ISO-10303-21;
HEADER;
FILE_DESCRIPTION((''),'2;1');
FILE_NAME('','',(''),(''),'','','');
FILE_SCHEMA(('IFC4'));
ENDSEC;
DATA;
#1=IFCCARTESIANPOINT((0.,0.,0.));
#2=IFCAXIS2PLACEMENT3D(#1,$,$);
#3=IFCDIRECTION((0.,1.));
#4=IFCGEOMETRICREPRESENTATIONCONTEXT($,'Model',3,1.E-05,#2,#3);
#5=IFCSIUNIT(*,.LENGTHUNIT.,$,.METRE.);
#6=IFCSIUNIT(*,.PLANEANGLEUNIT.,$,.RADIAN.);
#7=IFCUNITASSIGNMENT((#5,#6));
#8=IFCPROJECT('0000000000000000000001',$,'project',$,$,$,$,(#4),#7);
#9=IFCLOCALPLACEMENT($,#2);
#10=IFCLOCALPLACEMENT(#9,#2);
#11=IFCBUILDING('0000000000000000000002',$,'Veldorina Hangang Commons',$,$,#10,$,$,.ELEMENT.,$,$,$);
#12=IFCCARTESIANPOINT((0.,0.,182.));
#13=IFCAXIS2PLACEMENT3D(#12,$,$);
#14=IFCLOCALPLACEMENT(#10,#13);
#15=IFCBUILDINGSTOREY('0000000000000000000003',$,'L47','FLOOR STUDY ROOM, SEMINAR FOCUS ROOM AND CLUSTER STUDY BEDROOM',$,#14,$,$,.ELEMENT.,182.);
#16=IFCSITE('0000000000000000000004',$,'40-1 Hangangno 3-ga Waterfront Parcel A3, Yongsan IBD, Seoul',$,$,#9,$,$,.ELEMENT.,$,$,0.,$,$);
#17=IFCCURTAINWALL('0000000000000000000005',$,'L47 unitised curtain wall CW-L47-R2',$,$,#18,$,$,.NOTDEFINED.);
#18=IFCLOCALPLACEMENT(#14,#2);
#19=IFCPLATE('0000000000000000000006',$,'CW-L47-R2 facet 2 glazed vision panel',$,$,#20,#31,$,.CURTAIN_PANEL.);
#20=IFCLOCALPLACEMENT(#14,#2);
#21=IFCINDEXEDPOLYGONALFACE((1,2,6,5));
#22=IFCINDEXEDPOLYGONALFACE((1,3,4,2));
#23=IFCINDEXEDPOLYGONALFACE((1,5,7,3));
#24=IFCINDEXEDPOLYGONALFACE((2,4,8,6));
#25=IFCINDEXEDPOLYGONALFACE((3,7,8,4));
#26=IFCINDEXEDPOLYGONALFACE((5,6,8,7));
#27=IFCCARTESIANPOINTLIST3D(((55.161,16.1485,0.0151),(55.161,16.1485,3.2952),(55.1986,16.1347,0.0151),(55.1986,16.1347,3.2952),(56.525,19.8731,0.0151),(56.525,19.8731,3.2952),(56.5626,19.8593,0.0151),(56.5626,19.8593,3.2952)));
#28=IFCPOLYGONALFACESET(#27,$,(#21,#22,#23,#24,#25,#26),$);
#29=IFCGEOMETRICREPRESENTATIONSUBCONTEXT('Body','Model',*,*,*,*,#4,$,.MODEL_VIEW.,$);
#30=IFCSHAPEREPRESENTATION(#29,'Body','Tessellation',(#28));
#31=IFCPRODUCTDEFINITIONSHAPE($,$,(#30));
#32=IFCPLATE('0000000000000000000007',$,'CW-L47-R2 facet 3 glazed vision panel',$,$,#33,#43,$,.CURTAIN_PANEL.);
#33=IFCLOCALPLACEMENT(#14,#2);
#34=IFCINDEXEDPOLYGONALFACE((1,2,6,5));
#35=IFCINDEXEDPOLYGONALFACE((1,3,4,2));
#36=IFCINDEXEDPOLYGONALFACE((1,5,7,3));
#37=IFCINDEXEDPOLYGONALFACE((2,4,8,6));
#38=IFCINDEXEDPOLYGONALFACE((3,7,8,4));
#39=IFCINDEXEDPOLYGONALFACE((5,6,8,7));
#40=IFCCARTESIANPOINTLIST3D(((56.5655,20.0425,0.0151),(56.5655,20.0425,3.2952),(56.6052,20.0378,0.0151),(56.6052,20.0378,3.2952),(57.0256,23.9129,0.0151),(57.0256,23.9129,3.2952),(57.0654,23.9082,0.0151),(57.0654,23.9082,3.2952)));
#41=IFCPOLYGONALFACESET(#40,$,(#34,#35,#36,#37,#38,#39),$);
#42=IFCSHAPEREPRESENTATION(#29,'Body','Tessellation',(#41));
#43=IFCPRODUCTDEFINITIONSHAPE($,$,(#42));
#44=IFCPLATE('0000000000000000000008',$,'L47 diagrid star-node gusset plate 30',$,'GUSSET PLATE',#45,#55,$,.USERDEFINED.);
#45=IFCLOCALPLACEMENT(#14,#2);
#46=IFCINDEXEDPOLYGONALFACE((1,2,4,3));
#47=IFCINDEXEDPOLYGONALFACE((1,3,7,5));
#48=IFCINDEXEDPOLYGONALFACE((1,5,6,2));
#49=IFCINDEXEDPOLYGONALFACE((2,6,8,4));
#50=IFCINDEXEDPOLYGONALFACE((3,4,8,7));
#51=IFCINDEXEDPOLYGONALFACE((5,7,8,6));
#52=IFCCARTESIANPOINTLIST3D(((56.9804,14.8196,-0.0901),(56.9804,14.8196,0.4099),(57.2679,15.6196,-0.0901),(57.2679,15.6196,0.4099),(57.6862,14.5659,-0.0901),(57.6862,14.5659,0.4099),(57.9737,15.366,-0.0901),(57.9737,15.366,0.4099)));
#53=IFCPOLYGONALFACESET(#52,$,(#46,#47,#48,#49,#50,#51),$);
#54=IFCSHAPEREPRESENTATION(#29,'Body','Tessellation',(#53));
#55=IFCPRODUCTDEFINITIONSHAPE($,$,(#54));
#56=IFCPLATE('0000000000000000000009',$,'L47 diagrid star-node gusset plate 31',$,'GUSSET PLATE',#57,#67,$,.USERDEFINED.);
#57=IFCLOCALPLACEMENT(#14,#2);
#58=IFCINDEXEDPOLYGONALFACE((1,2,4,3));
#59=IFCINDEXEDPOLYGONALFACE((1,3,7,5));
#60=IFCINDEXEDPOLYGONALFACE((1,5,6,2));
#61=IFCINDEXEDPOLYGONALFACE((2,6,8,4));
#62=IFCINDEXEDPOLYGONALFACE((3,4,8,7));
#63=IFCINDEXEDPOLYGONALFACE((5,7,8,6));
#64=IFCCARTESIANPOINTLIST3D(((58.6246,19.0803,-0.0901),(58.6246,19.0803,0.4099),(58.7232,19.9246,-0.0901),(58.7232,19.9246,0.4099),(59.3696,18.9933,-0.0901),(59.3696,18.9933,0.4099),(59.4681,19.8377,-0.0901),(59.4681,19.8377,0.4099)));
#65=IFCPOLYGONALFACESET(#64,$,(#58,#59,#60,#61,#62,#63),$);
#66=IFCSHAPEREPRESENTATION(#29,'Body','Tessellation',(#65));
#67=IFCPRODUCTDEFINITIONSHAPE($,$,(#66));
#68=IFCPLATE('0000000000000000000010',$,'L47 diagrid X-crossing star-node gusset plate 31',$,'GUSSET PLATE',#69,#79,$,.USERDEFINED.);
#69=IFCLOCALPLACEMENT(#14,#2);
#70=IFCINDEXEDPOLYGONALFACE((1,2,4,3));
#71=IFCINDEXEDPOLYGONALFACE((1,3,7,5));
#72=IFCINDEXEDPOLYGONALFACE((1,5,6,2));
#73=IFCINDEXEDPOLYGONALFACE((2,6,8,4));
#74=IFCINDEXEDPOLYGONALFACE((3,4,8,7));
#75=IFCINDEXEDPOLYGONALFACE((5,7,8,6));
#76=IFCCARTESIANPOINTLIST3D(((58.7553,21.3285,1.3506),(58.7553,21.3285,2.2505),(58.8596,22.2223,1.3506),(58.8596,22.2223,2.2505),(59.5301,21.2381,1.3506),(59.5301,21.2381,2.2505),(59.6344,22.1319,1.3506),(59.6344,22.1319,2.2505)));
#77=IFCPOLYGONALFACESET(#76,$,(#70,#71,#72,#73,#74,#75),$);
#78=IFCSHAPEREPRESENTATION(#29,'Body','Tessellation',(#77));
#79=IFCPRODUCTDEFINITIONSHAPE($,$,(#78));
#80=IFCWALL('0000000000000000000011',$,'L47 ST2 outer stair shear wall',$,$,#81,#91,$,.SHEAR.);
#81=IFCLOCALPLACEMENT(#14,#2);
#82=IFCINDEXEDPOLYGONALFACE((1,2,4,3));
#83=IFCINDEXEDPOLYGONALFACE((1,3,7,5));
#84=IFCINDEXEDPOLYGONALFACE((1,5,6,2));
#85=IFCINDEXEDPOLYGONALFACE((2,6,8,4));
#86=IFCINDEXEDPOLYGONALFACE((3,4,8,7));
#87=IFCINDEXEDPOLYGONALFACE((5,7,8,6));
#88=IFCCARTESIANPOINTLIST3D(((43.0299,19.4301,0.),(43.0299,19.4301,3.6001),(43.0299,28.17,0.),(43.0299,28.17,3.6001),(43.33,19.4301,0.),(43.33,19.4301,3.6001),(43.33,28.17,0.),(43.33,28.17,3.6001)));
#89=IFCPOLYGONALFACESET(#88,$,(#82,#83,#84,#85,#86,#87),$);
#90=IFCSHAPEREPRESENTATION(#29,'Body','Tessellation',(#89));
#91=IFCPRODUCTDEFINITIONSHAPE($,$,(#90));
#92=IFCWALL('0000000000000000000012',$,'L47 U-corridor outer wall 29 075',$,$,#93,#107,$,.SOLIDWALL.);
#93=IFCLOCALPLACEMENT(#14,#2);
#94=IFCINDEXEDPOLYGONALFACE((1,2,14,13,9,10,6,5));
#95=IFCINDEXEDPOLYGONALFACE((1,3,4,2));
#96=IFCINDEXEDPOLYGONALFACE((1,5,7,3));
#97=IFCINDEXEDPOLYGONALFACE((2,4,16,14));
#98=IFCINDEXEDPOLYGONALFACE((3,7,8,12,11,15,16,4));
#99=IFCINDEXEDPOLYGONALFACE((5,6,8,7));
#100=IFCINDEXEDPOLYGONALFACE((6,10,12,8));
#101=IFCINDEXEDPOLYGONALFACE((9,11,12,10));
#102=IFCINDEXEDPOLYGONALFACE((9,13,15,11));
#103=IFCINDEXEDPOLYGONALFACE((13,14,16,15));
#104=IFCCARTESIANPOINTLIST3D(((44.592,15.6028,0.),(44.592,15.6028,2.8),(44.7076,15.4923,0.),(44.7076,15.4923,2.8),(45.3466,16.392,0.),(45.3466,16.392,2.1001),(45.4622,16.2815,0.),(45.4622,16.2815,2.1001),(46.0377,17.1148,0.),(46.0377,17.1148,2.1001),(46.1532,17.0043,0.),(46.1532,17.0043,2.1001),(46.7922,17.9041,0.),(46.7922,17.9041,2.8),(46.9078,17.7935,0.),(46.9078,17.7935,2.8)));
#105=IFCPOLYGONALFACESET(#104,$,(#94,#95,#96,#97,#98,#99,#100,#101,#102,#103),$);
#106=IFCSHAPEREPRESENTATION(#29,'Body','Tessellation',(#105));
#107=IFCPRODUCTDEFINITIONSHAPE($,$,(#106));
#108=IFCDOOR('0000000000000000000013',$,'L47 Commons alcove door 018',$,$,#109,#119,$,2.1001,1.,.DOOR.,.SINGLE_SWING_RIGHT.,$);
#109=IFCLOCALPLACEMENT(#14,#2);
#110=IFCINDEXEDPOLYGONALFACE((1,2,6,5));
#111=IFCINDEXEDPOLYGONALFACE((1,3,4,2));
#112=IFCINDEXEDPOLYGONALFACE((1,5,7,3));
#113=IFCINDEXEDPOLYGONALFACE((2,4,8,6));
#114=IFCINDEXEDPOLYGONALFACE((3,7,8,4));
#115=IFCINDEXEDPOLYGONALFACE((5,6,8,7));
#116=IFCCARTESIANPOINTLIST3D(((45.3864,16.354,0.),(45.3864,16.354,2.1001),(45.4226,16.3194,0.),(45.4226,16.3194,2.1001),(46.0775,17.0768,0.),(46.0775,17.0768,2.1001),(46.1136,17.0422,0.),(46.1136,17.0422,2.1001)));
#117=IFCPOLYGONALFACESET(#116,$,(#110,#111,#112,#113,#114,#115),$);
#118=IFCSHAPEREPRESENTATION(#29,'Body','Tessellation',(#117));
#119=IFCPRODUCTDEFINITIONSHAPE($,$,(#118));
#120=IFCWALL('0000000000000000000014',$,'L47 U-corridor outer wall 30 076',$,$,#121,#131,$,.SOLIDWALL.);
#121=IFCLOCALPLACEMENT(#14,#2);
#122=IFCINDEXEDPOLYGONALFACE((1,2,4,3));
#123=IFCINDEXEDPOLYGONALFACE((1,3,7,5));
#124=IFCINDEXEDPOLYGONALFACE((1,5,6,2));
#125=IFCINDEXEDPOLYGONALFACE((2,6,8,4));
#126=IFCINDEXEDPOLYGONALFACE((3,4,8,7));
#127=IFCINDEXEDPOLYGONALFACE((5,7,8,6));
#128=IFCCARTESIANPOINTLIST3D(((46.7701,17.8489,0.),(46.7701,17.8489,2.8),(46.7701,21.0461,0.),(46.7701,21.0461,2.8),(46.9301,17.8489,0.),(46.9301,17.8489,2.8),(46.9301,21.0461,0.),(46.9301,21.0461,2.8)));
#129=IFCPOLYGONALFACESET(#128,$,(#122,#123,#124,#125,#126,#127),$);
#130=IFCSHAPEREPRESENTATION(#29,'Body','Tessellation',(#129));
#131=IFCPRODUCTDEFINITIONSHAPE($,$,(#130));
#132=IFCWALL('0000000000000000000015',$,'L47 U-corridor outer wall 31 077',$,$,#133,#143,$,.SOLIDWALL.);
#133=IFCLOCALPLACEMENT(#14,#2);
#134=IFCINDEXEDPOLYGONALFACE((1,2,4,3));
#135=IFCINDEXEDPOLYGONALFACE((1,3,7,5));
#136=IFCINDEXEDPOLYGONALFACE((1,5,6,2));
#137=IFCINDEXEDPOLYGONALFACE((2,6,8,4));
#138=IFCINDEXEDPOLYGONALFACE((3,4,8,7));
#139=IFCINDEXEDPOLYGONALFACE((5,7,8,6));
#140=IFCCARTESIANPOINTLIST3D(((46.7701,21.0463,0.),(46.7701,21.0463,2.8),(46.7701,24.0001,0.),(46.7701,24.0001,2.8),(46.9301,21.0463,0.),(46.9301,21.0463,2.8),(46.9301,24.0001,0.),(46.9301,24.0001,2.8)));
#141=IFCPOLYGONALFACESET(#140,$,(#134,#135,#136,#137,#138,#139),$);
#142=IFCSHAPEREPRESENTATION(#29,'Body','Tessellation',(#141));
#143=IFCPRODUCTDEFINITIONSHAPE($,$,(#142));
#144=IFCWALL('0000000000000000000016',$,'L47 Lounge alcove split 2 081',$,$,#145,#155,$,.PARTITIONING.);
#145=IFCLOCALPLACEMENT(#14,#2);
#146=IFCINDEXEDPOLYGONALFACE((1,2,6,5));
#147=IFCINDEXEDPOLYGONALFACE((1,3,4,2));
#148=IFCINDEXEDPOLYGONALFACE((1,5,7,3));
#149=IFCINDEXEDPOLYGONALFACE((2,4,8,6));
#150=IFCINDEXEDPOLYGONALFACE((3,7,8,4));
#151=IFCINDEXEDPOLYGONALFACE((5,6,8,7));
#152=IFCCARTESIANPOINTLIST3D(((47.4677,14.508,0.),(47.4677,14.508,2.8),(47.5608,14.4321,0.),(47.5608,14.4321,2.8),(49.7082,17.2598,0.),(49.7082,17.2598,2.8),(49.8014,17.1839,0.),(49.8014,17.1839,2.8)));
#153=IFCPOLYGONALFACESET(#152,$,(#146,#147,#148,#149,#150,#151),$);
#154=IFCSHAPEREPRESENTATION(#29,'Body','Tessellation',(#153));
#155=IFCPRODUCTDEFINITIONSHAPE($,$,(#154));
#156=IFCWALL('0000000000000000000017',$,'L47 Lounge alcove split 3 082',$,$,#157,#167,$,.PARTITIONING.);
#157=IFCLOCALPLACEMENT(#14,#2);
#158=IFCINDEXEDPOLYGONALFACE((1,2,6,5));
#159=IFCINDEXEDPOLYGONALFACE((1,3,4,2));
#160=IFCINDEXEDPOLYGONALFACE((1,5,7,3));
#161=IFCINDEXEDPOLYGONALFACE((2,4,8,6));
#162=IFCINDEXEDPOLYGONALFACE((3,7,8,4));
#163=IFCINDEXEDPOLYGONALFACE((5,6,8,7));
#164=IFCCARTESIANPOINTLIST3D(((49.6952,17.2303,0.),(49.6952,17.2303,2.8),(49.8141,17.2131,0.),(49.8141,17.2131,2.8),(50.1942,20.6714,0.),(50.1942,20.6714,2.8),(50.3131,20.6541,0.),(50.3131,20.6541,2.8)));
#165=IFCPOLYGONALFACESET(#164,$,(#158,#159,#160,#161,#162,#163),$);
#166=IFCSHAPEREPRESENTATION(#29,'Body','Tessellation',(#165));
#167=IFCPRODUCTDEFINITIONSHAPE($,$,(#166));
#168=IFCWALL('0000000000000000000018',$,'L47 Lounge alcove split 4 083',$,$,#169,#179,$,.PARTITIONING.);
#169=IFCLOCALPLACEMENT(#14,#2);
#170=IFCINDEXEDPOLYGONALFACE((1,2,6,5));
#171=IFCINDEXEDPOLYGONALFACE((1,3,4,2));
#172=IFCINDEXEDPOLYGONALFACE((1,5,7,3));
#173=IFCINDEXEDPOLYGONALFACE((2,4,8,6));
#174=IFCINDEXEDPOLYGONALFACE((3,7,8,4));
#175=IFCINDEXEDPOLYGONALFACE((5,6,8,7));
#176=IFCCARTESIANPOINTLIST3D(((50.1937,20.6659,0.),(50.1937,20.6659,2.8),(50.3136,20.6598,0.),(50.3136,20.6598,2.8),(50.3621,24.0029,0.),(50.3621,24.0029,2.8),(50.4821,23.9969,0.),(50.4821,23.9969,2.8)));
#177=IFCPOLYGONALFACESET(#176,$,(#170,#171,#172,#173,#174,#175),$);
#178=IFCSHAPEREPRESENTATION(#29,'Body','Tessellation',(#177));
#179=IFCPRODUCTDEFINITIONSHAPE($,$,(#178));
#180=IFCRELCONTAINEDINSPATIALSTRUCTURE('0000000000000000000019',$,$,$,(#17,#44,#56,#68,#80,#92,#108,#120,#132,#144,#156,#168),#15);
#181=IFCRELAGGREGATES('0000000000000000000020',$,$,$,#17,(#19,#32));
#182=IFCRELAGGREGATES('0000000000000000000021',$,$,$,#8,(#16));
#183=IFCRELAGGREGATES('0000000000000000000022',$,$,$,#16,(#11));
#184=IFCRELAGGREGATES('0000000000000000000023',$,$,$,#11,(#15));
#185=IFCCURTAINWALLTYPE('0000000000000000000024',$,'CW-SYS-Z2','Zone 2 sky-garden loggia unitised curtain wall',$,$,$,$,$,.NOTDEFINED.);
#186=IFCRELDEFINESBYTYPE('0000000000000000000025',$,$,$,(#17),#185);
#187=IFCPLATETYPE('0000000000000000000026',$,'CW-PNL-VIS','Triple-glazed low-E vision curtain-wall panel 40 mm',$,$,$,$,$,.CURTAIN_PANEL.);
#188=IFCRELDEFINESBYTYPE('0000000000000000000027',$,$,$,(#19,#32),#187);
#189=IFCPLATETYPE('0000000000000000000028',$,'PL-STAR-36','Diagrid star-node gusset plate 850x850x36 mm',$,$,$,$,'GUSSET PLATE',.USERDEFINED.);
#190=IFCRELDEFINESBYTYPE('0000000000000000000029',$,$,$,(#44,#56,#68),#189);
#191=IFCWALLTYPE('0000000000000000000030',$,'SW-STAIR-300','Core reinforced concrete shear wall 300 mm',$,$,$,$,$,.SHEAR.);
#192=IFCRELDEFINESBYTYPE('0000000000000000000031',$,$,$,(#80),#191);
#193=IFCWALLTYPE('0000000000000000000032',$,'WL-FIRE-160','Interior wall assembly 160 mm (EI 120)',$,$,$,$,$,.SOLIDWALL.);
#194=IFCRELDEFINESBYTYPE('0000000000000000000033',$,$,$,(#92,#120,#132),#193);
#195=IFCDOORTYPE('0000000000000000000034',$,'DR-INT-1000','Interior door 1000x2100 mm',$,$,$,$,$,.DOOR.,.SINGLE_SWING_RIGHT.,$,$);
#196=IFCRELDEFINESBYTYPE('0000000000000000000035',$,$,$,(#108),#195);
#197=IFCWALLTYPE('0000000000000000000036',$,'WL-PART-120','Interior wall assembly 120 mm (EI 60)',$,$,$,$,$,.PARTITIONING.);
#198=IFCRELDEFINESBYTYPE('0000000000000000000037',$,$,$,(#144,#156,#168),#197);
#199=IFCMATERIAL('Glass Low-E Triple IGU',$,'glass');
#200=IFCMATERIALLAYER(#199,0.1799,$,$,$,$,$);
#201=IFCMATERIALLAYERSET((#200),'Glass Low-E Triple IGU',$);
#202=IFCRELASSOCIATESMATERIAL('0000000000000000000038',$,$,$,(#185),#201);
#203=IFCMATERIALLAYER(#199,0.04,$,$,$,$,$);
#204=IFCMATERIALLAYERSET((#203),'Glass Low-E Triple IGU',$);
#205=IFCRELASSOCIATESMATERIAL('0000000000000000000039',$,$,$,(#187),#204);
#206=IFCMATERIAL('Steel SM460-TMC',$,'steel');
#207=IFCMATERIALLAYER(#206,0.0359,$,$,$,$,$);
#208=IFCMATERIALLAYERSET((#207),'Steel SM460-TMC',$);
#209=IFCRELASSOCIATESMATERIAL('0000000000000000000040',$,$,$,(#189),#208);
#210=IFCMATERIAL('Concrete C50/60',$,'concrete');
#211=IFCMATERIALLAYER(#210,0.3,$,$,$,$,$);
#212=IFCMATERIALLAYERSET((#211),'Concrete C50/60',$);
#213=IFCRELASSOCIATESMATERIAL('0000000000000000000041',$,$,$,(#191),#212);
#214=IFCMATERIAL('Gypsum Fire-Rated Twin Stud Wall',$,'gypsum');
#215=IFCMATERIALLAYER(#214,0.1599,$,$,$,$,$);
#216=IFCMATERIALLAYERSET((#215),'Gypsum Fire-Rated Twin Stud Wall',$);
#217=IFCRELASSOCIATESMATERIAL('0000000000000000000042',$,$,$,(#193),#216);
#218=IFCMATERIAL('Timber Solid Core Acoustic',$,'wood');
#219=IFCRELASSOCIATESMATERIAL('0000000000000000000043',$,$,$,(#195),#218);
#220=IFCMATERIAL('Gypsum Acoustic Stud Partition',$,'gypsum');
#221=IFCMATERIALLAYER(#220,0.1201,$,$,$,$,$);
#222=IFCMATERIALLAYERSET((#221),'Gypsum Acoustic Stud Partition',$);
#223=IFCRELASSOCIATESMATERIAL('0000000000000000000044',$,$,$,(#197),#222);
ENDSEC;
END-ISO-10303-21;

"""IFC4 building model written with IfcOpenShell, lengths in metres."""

from ifc_helpers import new_model, si_unit, direction, frame, frame_2d, origin, origin_2d, place, context, subcontext, project, spatial, rectangle, extrude, material, layer, layer_set, type_object, element, fill, aggregate, save


model = new_model("IFC4")

# Units and contexts
model_context = context("Model", 3, precision=1e-05, world=origin(), true_north=direction((0.0, 1.0)))
body_context = subcontext(model_context, "Body", "Model", "MODEL_VIEW")
ifc_project = project(units=[si_unit("LENGTHUNIT", "METRE"), si_unit("PLANEANGLEUNIT", "RADIAN")], contexts=[model_context])

# Site, building, storey
site_placement = place(None, origin())
site = spatial("IfcSite", under=ifc_project, at=site_placement, Name="40-1 Hangangno 3-ga Waterfront Parcel A3, Yongsan IBD, Seoul", CompositionType="ELEMENT", RefElevation=0.0)
building_placement = place(site_placement, origin())
building = spatial("IfcBuilding", under=site, at=building_placement, Name="Veldorina Hangang Commons", CompositionType="ELEMENT")
storey_placement = place(building_placement, frame((0.0, 0.0, 182.0)))
storey = spatial("IfcBuildingStorey", under=building, at=storey_placement, Name="L47", Description="FLOOR STUDY ROOM, SEMINAR FOCUS ROOM AND CLUSTER STUDY BEDROOM", CompositionType="ELEMENT", Elevation=182.0)

# Curtain wall
ifc_material_1 = material(Name="Glass Low-E Triple IGU", Category="glass")
ifc_layer_1 = layer(ifc_material_1, 0.1799)
ifc_layer_set_1 = layer_set([ifc_layer_1], Name="Glass Low-E Triple IGU")
curtain_wall_type = type_object("IfcCurtainWallType", Name="CW-SYS-Z2", Description="Zone 2 sky-garden loggia unitised curtain wall", PredefinedType="NOTDEFINED", material=ifc_layer_set_1)
curtain_wall_placement = place(storey_placement, origin())
curtain_wall = element("IfcCurtainWall", 1, at=curtain_wall_placement, inside=storey, type_object=curtain_wall_type, Name="L47 unitised curtain wall CW-L47-R2", PredefinedType="NOTDEFINED")

# Plates
ifc_layer_2 = layer(ifc_material_1, 0.04)
ifc_layer_set_2 = layer_set([ifc_layer_2], Name="Glass Low-E Triple IGU")
plate_type_1 = type_object("IfcPlateType", Name="CW-PNL-VIS", Description="Triple-glazed low-E vision curtain-wall panel 40 mm", PredefinedType="CURTAIN_PANEL", material=ifc_layer_set_2)
plate_1_placement = place(storey_placement, frame((55.8618, 18.0039, 0.0151), z_axis=(0.0, 0.0, 1.0), x_axis=(0.343889, 0.93901, 0.0)))
plate_1 = element("IfcPlate", 2, at=plate_1_placement, type_object=plate_type_1, Name="CW-L47-R2 facet 2 glazed vision panel", PredefinedType="CURTAIN_PANEL", context=body_context, shape_type="SweptSolid", body=[
    extrude(rectangle(XDim=3.9666, YDim=0.04, at=origin_2d()), origin(), (0.0, 0.0, 1.0), 3.28),
])
plate_2_placement = place(storey_placement, frame((56.8154, 21.9753, 0.0151), z_axis=(0.0, 0.0, 1.0), x_axis=(0.118057, 0.993007, 0.0)))
plate_2 = element("IfcPlate", 3, at=plate_2_placement, type_object=plate_type_1, Name="CW-L47-R2 facet 3 glazed vision panel", PredefinedType="CURTAIN_PANEL", context=body_context, shape_type="SweptSolid", body=[
    extrude(rectangle(XDim=3.8977, YDim=0.04, at=origin_2d()), origin(), (0.0, 0.0, 1.0), 3.28),
])
aggregate(curtain_wall, [plate_1, plate_2])

# Plates
ifc_material_2 = material(Name="Steel SM460-TMC", Category="steel")
ifc_layer_3 = layer(ifc_material_2, 0.0359)
ifc_layer_set_3 = layer_set([ifc_layer_3], Name="Steel SM460-TMC")
plate_type_2 = type_object("IfcPlateType", Name="PL-STAR-36", Description="Diagrid star-node gusset plate 850x850x36 mm", ElementType="GUSSET PLATE", PredefinedType="USERDEFINED", material=ifc_layer_set_3)
for number, where, z_axis, x_axis, name in (
    (4, (57.4771, 15.0928, -0.0901), (0.0, 0.0, 1.0), (0.338196, 0.941076, 0.0), "L47 diagrid star-node gusset plate 30"),
    (5, (59.0464, 19.459, -0.0901), (0.0, 0.0, 1.0), (0.115908, 0.99326, 0.0), "L47 diagrid star-node gusset plate 31"),
):
    element("IfcPlate", number, at=place(storey_placement, frame(where, z_axis=z_axis, x_axis=x_axis)), inside=storey, type_object=plate_type_2, Name=name, ObjectType="GUSSET PLATE", PredefinedType="USERDEFINED", context=body_context, shape_type="SweptSolid", body=[
        extrude(rectangle(XDim=0.8501, YDim=0.75, at=origin_2d()), origin(), (0.0, 0.0, 1.0), 0.5),
    ])
plate_3_placement = place(storey_placement, frame((59.1948, 21.7302, 1.3506), z_axis=(0.0, 0.0, 1.0), x_axis=(0.115908, 0.99326, 0.0)))
element("IfcPlate", 6, at=plate_3_placement, inside=storey, type_object=plate_type_2, Name="L47 diagrid X-crossing star-node gusset plate 31", ObjectType="GUSSET PLATE", PredefinedType="USERDEFINED", context=body_context, shape_type="SweptSolid", body=[
    extrude(rectangle(XDim=0.8999, YDim=0.78, at=origin_2d()), origin(), (0.0, 0.0, 1.0), 0.8999),
])

# Wall
ifc_material_3 = material(Name="Concrete C50/60", Category="concrete")
ifc_layer_4 = layer(ifc_material_3, 0.3)
ifc_layer_set_4 = layer_set([ifc_layer_4], Name="Concrete C50/60")
wall_type_1 = type_object("IfcWallType", Name="SW-STAIR-300", Description="Core reinforced concrete shear wall 300 mm", PredefinedType="SHEAR", material=ifc_layer_set_4)
wall_1_placement = place(storey_placement, frame((43.1799, 19.4299, 0.0), z_axis=(0.0, 0.0, 1.0), x_axis=(0.0, 1.0, 0.0)))
element("IfcWall", 7, at=wall_1_placement, inside=storey, type_object=wall_type_1, Name="L47 ST2 outer stair shear wall", PredefinedType="SHEAR", context=body_context, shape_type="SweptSolid", body=[
    extrude(rectangle(XDim=8.74, YDim=0.3, at=frame_2d((4.3701, 0.0))), origin(), (0.0, 0.0, 1.0), 3.6001),
])

# Wall, opening, door
ifc_material_4 = material(Name="Gypsum Fire-Rated Twin Stud Wall", Category="gypsum")
ifc_layer_5 = layer(ifc_material_4, 0.1599)
ifc_layer_set_5 = layer_set([ifc_layer_5], Name="Gypsum Fire-Rated Twin Stud Wall")
wall_type_2 = type_object("IfcWallType", Name="WL-FIRE-160", Description="Interior wall assembly 160 mm (EI 120)", PredefinedType="SOLIDWALL", material=ifc_layer_set_5)
wall_2_placement = place(storey_placement, frame((44.6499, 15.5476, 0.0), z_axis=(0.0, 0.0, 1.0), x_axis=(0.691055, 0.722802, 0.0)))
wall_2 = element("IfcWall", 8, at=wall_2_placement, inside=storey, type_object=wall_type_2, Name="L47 U-corridor outer wall 29 075", PredefinedType="SOLIDWALL", context=body_context, shape_type="SweptSolid", body=[
    extrude(rectangle(XDim=3.1838, YDim=0.1599, at=frame_2d((1.5918, 0.0))), origin(), (0.0, 0.0, 1.0), 2.8),
])
opening_placement = place(wall_2_placement, frame((1.0918, 0.0, 0.0)))
opening = element("IfcOpeningElement", 9, at=opening_placement, cuts=wall_2, PredefinedType="OPENING", context=body_context, shape_type="SweptSolid", body=[
    extrude(rectangle(XDim=1.0, YDim=2.1001, at=frame_2d((0.5, 1.05))), frame((0.0, 0.0898, 0.0), z_axis=(0.0, -1.0, 0.0), x_axis=(1.0, 0.0, 0.0)), (0.0, 0.0, 1.0), 0.1799),
])
ifc_material_5 = material(Name="Timber Solid Core Acoustic", Category="wood")
door_type = type_object("IfcDoorType", Name="DR-INT-1000", Description="Interior door 1000x2100 mm", OperationType="SINGLE_SWING_RIGHT", PredefinedType="DOOR", material=ifc_material_5)
door_placement = place(opening_placement, origin())
door = element("IfcDoor", 10, at=door_placement, inside=storey, type_object=door_type, Name="L47 Commons alcove door 018", OperationType="SINGLE_SWING_RIGHT", OverallHeight=2.1001, OverallWidth=1.0, PredefinedType="DOOR", context=body_context, shape_type="SweptSolid", body=[
    extrude(rectangle(XDim=1.0, YDim=2.1001, at=frame_2d((0.5, 1.05))), frame((0.0, 0.0249, 0.0), z_axis=(0.0, -1.0, 0.0), x_axis=(1.0, 0.0, 0.0)), (0.0, 0.0, 1.0), 0.05),
])
fill(opening, door)

# Walls
wall_3_placement = place(storey_placement, frame((46.8501, 17.8489, 0.0), z_axis=(0.0, 0.0, 1.0), x_axis=(0.0, 1.0, 0.0)))
element("IfcWall", 11, at=wall_3_placement, inside=storey, type_object=wall_type_2, Name="L47 U-corridor outer wall 30 076", PredefinedType="SOLIDWALL", context=body_context, shape_type="SweptSolid", body=[
    extrude(rectangle(XDim=3.1973, YDim=0.1599, at=frame_2d((1.5986, 0.0))), origin(), (0.0, 0.0, 1.0), 2.8),
])
wall_4_placement = place(storey_placement, frame((46.8501, 21.0461, 0.0), z_axis=(0.0, 0.0, 1.0), x_axis=(0.0, 1.0, 0.0)))
element("IfcWall", 12, at=wall_4_placement, inside=storey, type_object=wall_type_2, Name="L47 U-corridor outer wall 31 077", PredefinedType="SOLIDWALL", context=body_context, shape_type="SweptSolid", body=[
    extrude(rectangle(XDim=2.9539, YDim=0.1599, at=frame_2d((1.4771, 0.0))), origin(), (0.0, 0.0, 1.0), 2.8),
])
ifc_material_6 = material(Name="Gypsum Acoustic Stud Partition", Category="gypsum")
ifc_layer_6 = layer(ifc_material_6, 0.1201)
ifc_layer_set_6 = layer_set([ifc_layer_6], Name="Gypsum Acoustic Stud Partition")
wall_type_3 = type_object("IfcWallType", Name="WL-PART-120", Description="Interior wall assembly 120 mm (EI 60)", PredefinedType="PARTITIONING", material=ifc_layer_set_6)
wall_5_placement = place(storey_placement, frame((47.5142, 14.47, 0.0), z_axis=(0.0, 0.0, 1.0), x_axis=(0.631393, 0.775463, 0.0)))
element("IfcWall", 13, at=wall_5_placement, inside=storey, type_object=wall_type_3, Name="L47 Lounge alcove split 2 081", PredefinedType="PARTITIONING", context=body_context, shape_type="SweptSolid", body=[
    extrude(rectangle(XDim=3.5486, YDim=0.1201, at=frame_2d((1.7744, 0.0))), origin(), (0.0, 0.0, 1.0), 2.8),
])
wall_6_placement = place(storey_placement, frame((49.7546, 17.2217, 0.0), z_axis=(0.0, 0.0, 1.0), x_axis=(0.143515, 0.989648, 0.0)))
element("IfcWall", 14, at=wall_6_placement, inside=storey, type_object=wall_type_3, Name="L47 Lounge alcove split 3 082", PredefinedType="PARTITIONING", context=body_context, shape_type="SweptSolid", body=[
    extrude(rectangle(XDim=3.4771, YDim=0.1201, at=frame_2d((1.7385, 0.0))), origin(), (0.0, 0.0, 1.0), 2.8),
])
wall_7_placement = place(storey_placement, frame((50.2537, 20.6628, 0.0), z_axis=(0.0, 0.0, 1.0), x_axis=(0.050415, 0.998728, 0.0)))
element("IfcWall", 15, at=wall_7_placement, inside=storey, type_object=wall_type_3, Name="L47 Lounge alcove split 4 083", PredefinedType="PARTITIONING", context=body_context, shape_type="SweptSolid", body=[
    extrude(rectangle(XDim=3.3413, YDim=0.1201, at=frame_2d((1.6707, 0.0))), origin(), (0.0, 0.0, 1.0), 2.8),
])

save(model, "model.ifc")
